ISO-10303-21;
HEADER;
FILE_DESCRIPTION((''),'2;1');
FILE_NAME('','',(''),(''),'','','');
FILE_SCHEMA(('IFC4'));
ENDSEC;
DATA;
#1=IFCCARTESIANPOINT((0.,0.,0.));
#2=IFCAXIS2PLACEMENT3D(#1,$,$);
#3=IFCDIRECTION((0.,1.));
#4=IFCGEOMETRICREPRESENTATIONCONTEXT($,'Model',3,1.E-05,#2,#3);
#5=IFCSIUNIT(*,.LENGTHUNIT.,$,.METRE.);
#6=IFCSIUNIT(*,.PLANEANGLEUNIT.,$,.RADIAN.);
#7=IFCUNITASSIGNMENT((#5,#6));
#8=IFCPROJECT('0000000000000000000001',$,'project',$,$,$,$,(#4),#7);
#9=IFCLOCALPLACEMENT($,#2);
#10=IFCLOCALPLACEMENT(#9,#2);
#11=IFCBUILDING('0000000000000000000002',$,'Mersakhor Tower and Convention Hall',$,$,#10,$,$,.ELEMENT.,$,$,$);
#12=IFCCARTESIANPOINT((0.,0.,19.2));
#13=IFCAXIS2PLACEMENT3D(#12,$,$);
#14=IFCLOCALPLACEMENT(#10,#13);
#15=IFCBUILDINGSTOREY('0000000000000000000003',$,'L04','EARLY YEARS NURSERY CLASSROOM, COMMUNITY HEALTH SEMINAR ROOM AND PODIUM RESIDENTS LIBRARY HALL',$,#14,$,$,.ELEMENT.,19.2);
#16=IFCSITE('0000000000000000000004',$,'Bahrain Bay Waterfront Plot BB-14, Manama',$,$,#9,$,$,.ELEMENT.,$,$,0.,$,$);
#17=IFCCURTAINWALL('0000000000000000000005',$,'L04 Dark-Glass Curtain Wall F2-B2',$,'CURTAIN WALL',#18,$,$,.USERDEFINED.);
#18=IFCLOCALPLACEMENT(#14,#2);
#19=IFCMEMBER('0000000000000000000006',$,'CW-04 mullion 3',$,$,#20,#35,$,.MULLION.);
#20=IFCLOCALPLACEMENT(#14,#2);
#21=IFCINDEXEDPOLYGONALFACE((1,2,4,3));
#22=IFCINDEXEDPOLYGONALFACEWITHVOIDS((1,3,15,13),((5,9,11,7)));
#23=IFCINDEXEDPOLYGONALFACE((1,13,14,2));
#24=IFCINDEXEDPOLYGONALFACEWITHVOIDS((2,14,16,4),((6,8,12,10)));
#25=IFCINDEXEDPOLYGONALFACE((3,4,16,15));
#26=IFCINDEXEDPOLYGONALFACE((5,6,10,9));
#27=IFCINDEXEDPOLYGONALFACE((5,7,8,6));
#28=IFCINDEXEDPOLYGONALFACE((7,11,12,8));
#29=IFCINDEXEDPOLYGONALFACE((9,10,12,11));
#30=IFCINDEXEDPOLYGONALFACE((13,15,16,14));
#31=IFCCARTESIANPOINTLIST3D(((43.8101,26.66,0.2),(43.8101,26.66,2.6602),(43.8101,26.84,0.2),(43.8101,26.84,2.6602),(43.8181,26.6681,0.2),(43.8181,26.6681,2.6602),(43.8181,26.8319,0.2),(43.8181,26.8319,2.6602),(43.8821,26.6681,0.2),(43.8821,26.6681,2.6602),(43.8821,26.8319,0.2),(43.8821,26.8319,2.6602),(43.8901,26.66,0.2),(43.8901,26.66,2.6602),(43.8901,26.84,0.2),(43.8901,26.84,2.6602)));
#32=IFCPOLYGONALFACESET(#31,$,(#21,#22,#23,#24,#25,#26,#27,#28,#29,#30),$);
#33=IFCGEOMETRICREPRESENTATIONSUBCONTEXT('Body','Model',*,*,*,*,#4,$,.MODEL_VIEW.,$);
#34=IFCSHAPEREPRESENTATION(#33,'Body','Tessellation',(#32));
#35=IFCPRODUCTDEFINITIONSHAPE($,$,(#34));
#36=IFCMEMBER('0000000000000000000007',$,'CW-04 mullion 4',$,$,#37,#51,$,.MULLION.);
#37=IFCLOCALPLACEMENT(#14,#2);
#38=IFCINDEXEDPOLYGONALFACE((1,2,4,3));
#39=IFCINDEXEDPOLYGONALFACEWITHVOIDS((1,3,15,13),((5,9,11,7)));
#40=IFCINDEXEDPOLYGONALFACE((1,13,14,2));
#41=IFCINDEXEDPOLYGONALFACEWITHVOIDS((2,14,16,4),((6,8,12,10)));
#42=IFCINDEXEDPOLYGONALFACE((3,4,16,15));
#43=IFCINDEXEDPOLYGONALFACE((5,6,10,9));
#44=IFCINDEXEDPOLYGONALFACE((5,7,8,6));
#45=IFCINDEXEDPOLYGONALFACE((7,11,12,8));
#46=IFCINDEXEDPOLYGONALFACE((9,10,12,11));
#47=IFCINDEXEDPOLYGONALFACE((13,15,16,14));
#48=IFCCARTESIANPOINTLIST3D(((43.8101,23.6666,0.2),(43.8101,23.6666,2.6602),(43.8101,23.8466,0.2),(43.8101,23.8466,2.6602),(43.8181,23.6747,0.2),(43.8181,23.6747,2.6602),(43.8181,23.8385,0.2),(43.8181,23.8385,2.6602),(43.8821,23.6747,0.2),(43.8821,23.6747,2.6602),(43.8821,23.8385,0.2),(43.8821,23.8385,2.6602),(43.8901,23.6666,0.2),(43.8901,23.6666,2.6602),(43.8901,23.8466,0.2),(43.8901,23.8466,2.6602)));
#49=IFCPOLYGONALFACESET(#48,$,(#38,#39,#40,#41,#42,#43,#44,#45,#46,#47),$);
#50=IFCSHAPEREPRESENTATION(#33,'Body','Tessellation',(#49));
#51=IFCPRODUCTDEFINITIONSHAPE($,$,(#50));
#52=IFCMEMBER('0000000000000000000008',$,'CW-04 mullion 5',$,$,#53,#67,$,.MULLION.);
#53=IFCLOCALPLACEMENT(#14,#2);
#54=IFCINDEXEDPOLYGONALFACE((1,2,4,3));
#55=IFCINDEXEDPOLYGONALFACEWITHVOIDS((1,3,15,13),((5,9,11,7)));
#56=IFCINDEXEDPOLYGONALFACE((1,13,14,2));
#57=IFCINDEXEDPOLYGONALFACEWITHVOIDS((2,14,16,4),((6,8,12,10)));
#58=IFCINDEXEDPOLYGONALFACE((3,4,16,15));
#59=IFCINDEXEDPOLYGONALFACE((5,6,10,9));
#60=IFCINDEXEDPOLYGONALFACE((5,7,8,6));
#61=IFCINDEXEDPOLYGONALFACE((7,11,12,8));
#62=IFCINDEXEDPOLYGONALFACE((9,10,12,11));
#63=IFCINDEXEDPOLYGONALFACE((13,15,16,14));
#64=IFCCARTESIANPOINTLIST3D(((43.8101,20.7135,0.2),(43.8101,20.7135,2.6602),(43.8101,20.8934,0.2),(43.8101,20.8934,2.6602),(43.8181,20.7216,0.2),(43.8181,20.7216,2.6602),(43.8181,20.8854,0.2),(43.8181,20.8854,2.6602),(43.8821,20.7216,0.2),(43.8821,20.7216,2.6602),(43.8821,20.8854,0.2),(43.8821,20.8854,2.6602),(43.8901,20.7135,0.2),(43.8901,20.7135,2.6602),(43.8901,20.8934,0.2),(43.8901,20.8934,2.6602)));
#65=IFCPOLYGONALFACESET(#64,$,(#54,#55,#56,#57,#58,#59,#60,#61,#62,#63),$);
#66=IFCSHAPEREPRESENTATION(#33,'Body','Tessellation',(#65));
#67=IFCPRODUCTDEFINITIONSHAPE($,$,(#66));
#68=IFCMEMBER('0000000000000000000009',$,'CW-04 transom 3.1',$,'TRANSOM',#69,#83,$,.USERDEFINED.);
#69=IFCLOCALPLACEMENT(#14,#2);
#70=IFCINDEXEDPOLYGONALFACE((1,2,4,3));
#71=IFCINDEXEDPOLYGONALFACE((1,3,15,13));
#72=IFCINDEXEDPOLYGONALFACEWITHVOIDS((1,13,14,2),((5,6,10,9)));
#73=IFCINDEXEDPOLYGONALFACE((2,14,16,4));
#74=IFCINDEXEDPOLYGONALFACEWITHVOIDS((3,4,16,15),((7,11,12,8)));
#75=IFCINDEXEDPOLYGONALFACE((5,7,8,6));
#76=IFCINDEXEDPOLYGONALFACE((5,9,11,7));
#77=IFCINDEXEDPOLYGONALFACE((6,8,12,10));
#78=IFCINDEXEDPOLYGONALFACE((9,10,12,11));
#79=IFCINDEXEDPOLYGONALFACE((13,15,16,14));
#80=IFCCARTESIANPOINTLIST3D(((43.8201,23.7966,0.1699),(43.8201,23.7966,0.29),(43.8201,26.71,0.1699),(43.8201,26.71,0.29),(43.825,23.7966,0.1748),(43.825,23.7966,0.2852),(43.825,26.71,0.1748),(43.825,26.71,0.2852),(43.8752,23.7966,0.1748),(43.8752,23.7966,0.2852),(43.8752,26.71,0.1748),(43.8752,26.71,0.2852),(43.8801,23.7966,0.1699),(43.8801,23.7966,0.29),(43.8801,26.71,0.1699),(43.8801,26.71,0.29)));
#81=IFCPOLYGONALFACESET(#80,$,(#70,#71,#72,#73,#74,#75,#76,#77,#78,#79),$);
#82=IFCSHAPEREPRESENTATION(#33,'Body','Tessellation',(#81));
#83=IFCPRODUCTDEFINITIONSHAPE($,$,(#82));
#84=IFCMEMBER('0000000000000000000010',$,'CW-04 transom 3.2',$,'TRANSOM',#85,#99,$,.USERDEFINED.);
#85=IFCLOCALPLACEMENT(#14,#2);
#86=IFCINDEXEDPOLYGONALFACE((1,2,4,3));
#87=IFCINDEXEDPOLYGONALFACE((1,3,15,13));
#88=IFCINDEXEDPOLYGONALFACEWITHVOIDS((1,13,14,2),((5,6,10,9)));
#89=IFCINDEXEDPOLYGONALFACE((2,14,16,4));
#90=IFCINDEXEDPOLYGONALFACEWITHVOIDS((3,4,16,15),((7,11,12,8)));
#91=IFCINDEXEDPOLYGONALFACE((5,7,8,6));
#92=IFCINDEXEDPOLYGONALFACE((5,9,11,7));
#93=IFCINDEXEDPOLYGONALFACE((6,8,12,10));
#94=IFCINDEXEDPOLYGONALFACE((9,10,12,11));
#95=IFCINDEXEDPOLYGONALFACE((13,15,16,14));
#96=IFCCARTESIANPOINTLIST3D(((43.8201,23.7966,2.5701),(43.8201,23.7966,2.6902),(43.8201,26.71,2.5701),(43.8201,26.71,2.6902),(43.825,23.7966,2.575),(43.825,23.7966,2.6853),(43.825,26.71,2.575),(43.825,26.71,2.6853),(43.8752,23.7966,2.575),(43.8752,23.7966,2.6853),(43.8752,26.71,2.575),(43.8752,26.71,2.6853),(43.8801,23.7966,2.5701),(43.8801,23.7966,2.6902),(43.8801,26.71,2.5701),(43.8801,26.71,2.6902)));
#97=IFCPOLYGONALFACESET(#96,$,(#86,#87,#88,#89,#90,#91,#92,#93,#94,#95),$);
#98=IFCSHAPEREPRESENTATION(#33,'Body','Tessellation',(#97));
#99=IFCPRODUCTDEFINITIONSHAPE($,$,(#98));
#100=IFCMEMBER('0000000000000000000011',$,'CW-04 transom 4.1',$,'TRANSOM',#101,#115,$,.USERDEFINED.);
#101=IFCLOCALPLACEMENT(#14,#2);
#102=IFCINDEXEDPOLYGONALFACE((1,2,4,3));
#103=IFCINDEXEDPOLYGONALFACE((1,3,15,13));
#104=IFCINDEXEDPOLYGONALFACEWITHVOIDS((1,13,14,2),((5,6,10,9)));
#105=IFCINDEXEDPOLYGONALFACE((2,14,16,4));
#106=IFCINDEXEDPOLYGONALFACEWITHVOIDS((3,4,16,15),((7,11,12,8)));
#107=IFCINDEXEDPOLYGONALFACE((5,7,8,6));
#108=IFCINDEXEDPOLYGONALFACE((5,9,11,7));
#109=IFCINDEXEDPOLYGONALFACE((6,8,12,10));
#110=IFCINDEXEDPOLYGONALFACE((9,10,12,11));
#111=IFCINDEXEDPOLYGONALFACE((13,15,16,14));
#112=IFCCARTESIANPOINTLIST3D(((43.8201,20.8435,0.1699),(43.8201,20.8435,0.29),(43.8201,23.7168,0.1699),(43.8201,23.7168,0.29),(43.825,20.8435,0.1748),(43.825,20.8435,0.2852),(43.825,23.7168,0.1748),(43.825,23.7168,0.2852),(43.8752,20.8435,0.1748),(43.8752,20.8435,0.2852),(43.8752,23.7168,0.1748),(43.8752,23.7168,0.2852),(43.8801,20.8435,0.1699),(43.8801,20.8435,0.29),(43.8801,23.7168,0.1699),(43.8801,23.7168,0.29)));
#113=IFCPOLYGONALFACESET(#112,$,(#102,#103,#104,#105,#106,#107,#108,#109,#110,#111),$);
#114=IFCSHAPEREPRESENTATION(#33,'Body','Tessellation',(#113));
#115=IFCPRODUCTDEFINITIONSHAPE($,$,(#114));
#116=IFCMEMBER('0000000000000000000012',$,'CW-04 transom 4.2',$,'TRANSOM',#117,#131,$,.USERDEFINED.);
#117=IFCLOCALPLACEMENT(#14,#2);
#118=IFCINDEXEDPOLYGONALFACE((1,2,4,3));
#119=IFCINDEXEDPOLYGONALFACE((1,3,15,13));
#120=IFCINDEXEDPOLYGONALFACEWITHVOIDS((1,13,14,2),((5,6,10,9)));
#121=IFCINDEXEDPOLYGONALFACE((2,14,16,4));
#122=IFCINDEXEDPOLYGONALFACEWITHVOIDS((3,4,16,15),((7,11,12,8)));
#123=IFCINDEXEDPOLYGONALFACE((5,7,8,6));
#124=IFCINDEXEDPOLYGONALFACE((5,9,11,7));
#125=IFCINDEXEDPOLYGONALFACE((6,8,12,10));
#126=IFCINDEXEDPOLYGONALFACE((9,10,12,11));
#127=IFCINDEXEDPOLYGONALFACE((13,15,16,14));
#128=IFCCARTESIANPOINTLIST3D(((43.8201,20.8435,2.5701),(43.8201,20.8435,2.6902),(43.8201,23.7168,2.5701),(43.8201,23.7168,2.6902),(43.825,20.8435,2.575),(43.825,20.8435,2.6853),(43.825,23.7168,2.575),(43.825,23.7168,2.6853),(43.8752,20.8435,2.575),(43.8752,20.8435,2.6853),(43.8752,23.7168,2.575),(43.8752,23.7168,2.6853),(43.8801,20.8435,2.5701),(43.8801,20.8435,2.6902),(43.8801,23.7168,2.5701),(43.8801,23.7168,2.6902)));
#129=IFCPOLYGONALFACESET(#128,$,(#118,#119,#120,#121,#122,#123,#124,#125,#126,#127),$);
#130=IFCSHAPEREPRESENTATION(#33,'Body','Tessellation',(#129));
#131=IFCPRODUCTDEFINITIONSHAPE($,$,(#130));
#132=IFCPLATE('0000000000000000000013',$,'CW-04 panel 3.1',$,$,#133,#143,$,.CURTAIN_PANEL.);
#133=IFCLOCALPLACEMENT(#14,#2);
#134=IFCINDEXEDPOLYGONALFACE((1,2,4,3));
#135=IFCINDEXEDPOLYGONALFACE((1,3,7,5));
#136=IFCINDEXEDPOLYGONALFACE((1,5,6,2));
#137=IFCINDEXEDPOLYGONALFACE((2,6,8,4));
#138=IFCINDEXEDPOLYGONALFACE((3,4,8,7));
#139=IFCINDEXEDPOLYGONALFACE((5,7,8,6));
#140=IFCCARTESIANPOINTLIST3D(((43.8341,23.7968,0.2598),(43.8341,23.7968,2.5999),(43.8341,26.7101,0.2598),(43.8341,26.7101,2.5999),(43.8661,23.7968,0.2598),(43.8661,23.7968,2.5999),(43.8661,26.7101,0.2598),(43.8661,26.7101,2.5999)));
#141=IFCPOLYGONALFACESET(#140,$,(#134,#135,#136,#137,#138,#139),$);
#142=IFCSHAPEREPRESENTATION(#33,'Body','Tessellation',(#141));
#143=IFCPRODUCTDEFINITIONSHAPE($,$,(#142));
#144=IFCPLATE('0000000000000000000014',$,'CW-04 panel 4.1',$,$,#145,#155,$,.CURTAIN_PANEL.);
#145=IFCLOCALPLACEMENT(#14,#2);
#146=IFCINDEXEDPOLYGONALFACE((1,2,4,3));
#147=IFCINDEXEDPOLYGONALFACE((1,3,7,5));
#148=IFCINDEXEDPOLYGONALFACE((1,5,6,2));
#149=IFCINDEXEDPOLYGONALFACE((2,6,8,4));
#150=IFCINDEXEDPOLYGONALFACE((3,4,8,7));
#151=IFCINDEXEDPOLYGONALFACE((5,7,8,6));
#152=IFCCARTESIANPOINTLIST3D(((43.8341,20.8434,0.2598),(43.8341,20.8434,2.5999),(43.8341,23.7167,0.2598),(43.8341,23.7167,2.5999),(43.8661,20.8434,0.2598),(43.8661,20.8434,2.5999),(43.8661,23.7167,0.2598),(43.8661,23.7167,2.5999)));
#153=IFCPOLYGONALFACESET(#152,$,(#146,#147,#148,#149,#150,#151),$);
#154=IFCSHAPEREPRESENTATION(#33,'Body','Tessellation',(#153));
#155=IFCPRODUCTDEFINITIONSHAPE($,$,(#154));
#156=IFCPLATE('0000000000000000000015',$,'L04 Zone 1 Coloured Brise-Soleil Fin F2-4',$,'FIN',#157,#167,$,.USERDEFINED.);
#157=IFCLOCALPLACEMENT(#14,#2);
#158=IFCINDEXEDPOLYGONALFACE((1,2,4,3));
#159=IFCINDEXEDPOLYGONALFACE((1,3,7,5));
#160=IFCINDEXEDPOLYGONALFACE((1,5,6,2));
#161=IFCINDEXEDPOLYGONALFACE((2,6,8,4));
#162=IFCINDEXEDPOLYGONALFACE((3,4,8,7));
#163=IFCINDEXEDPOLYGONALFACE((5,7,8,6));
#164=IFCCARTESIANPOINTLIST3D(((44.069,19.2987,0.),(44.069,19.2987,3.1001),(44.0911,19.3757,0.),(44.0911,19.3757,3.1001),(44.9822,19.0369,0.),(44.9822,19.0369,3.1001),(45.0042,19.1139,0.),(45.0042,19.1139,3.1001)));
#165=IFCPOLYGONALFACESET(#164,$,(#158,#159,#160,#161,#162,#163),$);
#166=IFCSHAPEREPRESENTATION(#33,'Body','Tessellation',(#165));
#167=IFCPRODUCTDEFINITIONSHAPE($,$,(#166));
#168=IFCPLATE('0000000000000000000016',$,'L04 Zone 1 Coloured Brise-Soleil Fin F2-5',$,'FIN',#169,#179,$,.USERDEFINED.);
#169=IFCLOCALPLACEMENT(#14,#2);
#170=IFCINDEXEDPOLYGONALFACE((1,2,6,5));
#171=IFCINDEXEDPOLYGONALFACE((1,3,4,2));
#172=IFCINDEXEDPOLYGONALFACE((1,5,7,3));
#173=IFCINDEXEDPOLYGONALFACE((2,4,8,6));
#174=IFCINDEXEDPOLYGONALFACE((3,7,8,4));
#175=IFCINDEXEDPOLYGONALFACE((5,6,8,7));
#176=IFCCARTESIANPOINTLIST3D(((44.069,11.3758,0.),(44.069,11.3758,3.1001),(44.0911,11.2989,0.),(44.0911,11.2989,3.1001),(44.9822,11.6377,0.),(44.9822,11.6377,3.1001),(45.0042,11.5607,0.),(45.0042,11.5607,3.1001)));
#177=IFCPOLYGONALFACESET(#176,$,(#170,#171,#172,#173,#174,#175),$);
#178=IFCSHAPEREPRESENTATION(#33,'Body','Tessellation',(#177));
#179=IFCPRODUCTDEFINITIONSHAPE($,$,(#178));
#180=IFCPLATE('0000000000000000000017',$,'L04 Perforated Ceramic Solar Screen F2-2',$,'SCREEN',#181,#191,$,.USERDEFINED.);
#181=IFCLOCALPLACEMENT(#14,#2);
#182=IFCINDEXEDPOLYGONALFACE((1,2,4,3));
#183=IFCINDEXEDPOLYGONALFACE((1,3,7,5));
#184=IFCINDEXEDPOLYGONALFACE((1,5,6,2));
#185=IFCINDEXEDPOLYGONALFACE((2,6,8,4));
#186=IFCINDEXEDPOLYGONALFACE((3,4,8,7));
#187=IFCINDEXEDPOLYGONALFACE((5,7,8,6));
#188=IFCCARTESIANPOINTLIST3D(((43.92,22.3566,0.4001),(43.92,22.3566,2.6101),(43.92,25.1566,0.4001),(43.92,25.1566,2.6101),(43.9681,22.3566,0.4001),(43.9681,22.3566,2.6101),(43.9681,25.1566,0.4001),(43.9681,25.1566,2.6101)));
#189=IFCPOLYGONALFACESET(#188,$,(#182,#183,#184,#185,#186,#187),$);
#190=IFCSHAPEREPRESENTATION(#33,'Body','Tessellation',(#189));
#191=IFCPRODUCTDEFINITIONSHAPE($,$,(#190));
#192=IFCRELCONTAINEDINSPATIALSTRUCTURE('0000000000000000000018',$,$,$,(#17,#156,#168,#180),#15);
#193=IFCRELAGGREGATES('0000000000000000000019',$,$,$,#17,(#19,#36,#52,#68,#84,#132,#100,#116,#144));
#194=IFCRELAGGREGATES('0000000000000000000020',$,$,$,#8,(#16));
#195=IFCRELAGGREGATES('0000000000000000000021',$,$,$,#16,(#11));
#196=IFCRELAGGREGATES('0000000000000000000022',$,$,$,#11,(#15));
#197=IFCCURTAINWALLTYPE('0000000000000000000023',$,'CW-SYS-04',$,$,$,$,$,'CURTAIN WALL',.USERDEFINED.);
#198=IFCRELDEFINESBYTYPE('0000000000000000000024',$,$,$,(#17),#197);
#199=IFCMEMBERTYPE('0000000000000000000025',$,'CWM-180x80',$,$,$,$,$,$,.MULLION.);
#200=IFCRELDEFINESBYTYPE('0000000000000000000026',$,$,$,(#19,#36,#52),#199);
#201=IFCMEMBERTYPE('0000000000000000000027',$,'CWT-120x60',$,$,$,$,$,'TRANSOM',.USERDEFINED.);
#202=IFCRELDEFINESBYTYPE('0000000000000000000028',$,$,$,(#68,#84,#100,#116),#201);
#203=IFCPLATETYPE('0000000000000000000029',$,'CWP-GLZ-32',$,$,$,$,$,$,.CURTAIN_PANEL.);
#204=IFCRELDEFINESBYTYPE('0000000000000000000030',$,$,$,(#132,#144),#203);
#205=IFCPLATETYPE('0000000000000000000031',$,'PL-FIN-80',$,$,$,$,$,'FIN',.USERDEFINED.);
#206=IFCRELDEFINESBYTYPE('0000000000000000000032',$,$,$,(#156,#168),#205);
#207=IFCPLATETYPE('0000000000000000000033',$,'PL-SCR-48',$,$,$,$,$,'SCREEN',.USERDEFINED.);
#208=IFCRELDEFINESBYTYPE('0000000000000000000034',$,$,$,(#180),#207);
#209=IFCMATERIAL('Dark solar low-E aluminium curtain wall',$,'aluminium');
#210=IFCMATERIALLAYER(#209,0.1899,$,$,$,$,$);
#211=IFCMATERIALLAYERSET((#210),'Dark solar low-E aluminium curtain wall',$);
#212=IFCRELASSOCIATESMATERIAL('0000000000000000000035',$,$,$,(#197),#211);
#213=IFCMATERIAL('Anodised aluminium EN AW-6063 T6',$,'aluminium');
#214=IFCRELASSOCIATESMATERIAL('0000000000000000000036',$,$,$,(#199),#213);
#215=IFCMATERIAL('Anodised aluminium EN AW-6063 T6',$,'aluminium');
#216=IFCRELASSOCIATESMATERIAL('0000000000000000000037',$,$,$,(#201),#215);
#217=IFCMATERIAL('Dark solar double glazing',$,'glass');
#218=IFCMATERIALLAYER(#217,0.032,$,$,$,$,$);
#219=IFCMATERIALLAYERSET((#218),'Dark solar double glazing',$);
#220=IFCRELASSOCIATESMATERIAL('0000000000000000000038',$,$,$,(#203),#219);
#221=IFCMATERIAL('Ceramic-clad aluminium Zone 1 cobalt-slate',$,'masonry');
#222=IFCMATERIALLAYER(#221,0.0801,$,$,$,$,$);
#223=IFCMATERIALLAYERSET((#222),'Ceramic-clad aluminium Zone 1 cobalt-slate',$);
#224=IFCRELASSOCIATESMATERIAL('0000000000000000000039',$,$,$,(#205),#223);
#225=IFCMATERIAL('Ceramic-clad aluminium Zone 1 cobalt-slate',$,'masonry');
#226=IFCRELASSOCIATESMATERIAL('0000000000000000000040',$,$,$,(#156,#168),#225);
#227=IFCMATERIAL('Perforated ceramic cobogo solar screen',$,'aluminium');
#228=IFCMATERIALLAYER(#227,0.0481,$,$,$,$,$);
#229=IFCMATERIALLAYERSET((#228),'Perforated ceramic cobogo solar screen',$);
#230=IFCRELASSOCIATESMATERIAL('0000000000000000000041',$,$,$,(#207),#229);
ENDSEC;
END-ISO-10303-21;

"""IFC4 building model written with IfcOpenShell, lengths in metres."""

from ifc_helpers import new_model, si_unit, direction, frame, origin, origin_2d, place, context, subcontext, project, spatial, rectangle, hollow_rectangle, extrude, material, layer, layer_set, material_profile, profile_set, type_object, element, aggregate, save


model = new_model("IFC4")

# Units and contexts
model_context = context("Model", 3, precision=1e-05, world=origin(), true_north=direction((0.0, 1.0)))
body_context = subcontext(model_context, "Body", "Model", "MODEL_VIEW")
ifc_project = project(units=[si_unit("LENGTHUNIT", "METRE"), si_unit("PLANEANGLEUNIT", "RADIAN")], contexts=[model_context])

# Site, building, storey
site_placement = place(None, origin())
site = spatial("IfcSite", under=ifc_project, at=site_placement, Name="Bahrain Bay Waterfront Plot BB-14, Manama", CompositionType="ELEMENT", RefElevation=0.0)
building_placement = place(site_placement, origin())
building = spatial("IfcBuilding", under=site, at=building_placement, Name="Mersakhor Tower and Convention Hall", CompositionType="ELEMENT")
storey_placement = place(building_placement, frame((0.0, 0.0, 19.2)))
storey = spatial("IfcBuildingStorey", under=building, at=storey_placement, Name="L04", Description="EARLY YEARS NURSERY CLASSROOM, COMMUNITY HEALTH SEMINAR ROOM AND PODIUM RESIDENTS LIBRARY HALL", CompositionType="ELEMENT", Elevation=19.2)

# Curtain wall, members, plates
ifc_material_1 = material(Name="Dark solar low-E aluminium curtain wall", Category="aluminium")
ifc_layer_1 = layer(ifc_material_1, 0.1899)
ifc_layer_set_1 = layer_set([ifc_layer_1], Name="Dark solar low-E aluminium curtain wall")
curtain_wall_type = type_object("IfcCurtainWallType", Name="CW-SYS-04", ElementType="CURTAIN WALL", PredefinedType="USERDEFINED", material=ifc_layer_set_1)
curtain_wall_placement = place(storey_placement, origin())
curtain_wall = element("IfcCurtainWall", 1, at=curtain_wall_placement, inside=storey, type_object=curtain_wall_type, Name="L04 Dark-Glass Curtain Wall F2-B2", ObjectType="CURTAIN WALL", PredefinedType="USERDEFINED")
ifc_material_2 = material(Name="Anodised aluminium EN AW-6063 T6", Category="aluminium")
ifc_material_profile_1 = material_profile(ifc_material_2, hollow_rectangle(XDim=0.0801, YDim=0.1799, WallThickness=0.0081, at=origin_2d()), Name="RHS 180x80x8")
ifc_profile_set_1 = profile_set([ifc_material_profile_1], Name="Anodised aluminium EN AW-6063 T6")
member_type_1 = type_object("IfcMemberType", Name="CWM-180x80", PredefinedType="MULLION", material=ifc_profile_set_1)
member_1_placement = place(storey_placement, frame((43.8501, 26.75, 0.2), z_axis=(0.0, 0.0, 1.0), x_axis=(1.0, 0.0, 0.0)))
member_1 = element("IfcMember", 2, at=member_1_placement, type_object=member_type_1, Name="CW-04 mullion 3", PredefinedType="MULLION", context=body_context, shape_type="SweptSolid", body=[
    extrude(hollow_rectangle(XDim=0.0801, YDim=0.1799, WallThickness=0.0081, at=origin_2d()), origin(), (0.0, 0.0, 1.0), 2.4602),
])
member_2_placement = place(storey_placement, frame((43.8501, 23.7566, 0.2), z_axis=(0.0, 0.0, 1.0), x_axis=(1.0, 0.0, 0.0)))
member_2 = element("IfcMember", 3, at=member_2_placement, type_object=member_type_1, Name="CW-04 mullion 4", PredefinedType="MULLION", context=body_context, shape_type="SweptSolid", body=[
    extrude(hollow_rectangle(XDim=0.0801, YDim=0.1799, WallThickness=0.0081, at=origin_2d()), origin(), (0.0, 0.0, 1.0), 2.4602),
])
member_3_placement = place(storey_placement, frame((43.8501, 20.8035, 0.2), z_axis=(0.0, 0.0, 1.0), x_axis=(1.0, 0.0, 0.0)))
member_3 = element("IfcMember", 4, at=member_3_placement, type_object=member_type_1, Name="CW-04 mullion 5", PredefinedType="MULLION", context=body_context, shape_type="SweptSolid", body=[
    extrude(hollow_rectangle(XDim=0.0801, YDim=0.1799, WallThickness=0.0081, at=origin_2d()), origin(), (0.0, 0.0, 1.0), 2.4602),
])
ifc_material_3 = material(Name="Anodised aluminium EN AW-6063 T6", Category="aluminium")
ifc_material_profile_2 = material_profile(ifc_material_3, hollow_rectangle(XDim=0.0601, YDim=0.1201, WallThickness=0.0049, at=origin_2d()), Name="RHS 120x60x5")
ifc_profile_set_2 = profile_set([ifc_material_profile_2], Name="Anodised aluminium EN AW-6063 T6")
member_type_2 = type_object("IfcMemberType", Name="CWT-120x60", ElementType="TRANSOM", PredefinedType="USERDEFINED", material=ifc_profile_set_2)
member_4_placement = place(storey_placement, frame((43.8501, 26.71, 0.23), z_axis=(0.0, -1.0, 0.0), x_axis=(1.0, 0.0, 0.0)))
member_4 = element("IfcMember", 5, at=member_4_placement, type_object=member_type_2, Name="CW-04 transom 3.1", ObjectType="TRANSOM", PredefinedType="USERDEFINED", context=body_context, shape_type="SweptSolid", body=[
    extrude(hollow_rectangle(XDim=0.0601, YDim=0.1201, WallThickness=0.0049, at=origin_2d()), origin(), (0.0, 0.0, 1.0), 2.9133),
])
member_5_placement = place(storey_placement, frame((43.8501, 26.71, 2.6301), z_axis=(0.0, -1.0, 0.0), x_axis=(1.0, 0.0, 0.0)))
member_5 = element("IfcMember", 6, at=member_5_placement, type_object=member_type_2, Name="CW-04 transom 3.2", ObjectType="TRANSOM", PredefinedType="USERDEFINED", context=body_context, shape_type="SweptSolid", body=[
    extrude(hollow_rectangle(XDim=0.0601, YDim=0.1201, WallThickness=0.0049, at=origin_2d()), origin(), (0.0, 0.0, 1.0), 2.9133),
])
member_6_placement = place(storey_placement, frame((43.8501, 23.7168, 0.23), z_axis=(0.0, -1.0, 0.0), x_axis=(1.0, 0.0, 0.0)))
member_6 = element("IfcMember", 7, at=member_6_placement, type_object=member_type_2, Name="CW-04 transom 4.1", ObjectType="TRANSOM", PredefinedType="USERDEFINED", context=body_context, shape_type="SweptSolid", body=[
    extrude(hollow_rectangle(XDim=0.0601, YDim=0.1201, WallThickness=0.0049, at=origin_2d()), origin(), (0.0, 0.0, 1.0), 2.8733),
])
member_7_placement = place(storey_placement, frame((43.8501, 23.7168, 2.6301), z_axis=(0.0, -1.0, 0.0), x_axis=(1.0, 0.0, 0.0)))
member_7 = element("IfcMember", 8, at=member_7_placement, type_object=member_type_2, Name="CW-04 transom 4.2", ObjectType="TRANSOM", PredefinedType="USERDEFINED", context=body_context, shape_type="SweptSolid", body=[
    extrude(hollow_rectangle(XDim=0.0601, YDim=0.1201, WallThickness=0.0049, at=origin_2d()), origin(), (0.0, 0.0, 1.0), 2.8733),
])
ifc_material_4 = material(Name="Dark solar double glazing", Category="glass")
ifc_layer_2 = layer(ifc_material_4, 0.032)
ifc_layer_set_2 = layer_set([ifc_layer_2], Name="Dark solar double glazing")
plate_type_1 = type_object("IfcPlateType", Name="CWP-GLZ-32", PredefinedType="CURTAIN_PANEL", material=ifc_layer_set_2)
plate_1_placement = place(storey_placement, frame((43.8501, 25.2534, 0.2598), z_axis=(0.0, 0.0, 1.0), x_axis=(0.0, -1.0, 0.0)))
plate_1 = element("IfcPlate", 9, at=plate_1_placement, type_object=plate_type_1, Name="CW-04 panel 3.1", PredefinedType="CURTAIN_PANEL", context=body_context, shape_type="SweptSolid", body=[
    extrude(rectangle(XDim=2.9133, YDim=0.032, at=origin_2d()), origin(), (0.0, 0.0, 1.0), 2.3401),
])
plate_2_placement = place(storey_placement, frame((43.8501, 22.28, 0.2598), z_axis=(0.0, 0.0, 1.0), x_axis=(0.0, -1.0, 0.0)))
plate_2 = element("IfcPlate", 10, at=plate_2_placement, type_object=plate_type_1, Name="CW-04 panel 4.1", PredefinedType="CURTAIN_PANEL", context=body_context, shape_type="SweptSolid", body=[
    extrude(rectangle(XDim=2.8733, YDim=0.032, at=origin_2d()), origin(), (0.0, 0.0, 1.0), 2.3401),
])
aggregate(curtain_wall, [member_1, member_2, member_3, member_4, member_5, plate_1, member_6, member_7, plate_2])

# Plates
ifc_material_5 = material(Name="Ceramic-clad aluminium Zone 1 cobalt-slate", Category="masonry")
ifc_material_6 = material(Name="Ceramic-clad aluminium Zone 1 cobalt-slate", Category="masonry")
ifc_layer_3 = layer(ifc_material_6, 0.0801)
ifc_layer_set_3 = layer_set([ifc_layer_3], Name="Ceramic-clad aluminium Zone 1 cobalt-slate")
plate_type_2 = type_object("IfcPlateType", Name="PL-FIN-80", ElementType="FIN", PredefinedType="USERDEFINED", material=ifc_layer_set_3)
for number, where, z_axis, x_axis, name in (
    (11, (44.5366, 19.2063, 0.0), (0.0, 0.0, 1.0), (0.961262, -0.275637, 0.0), "L04 Zone 1 Coloured Brise-Soleil Fin F2-4"),
    (12, (44.5366, 11.4683, 0.0), (0.0, 0.0, 1.0), (0.961262, 0.275637, 0.0), "L04 Zone 1 Coloured Brise-Soleil Fin F2-5"),
):
    element("IfcPlate", number, at=place(storey_placement, frame(where, z_axis=z_axis, x_axis=x_axis)), inside=storey, type_object=plate_type_2, material=ifc_material_5, Name=name, ObjectType="FIN", PredefinedType="USERDEFINED", context=body_context, shape_type="SweptSolid", body=[
        extrude(rectangle(XDim=0.95, YDim=0.0801, at=origin_2d()), origin(), (0.0, 0.0, 1.0), 3.1001),
    ])
ifc_material_7 = material(Name="Perforated ceramic cobogo solar screen", Category="aluminium")
ifc_layer_4 = layer(ifc_material_7, 0.0481)
ifc_layer_set_4 = layer_set([ifc_layer_4], Name="Perforated ceramic cobogo solar screen")
plate_type_3 = type_object("IfcPlateType", Name="PL-SCR-48", ElementType="SCREEN", PredefinedType="USERDEFINED", material=ifc_layer_set_4)
plate_3_placement = place(storey_placement, frame((43.9441, 23.7566, 0.4001), z_axis=(0.0, 0.0, 1.0), x_axis=(0.0, -1.0, 0.0)))
element("IfcPlate", 13, at=plate_3_placement, inside=storey, type_object=plate_type_3, Name="L04 Perforated Ceramic Solar Screen F2-2", ObjectType="SCREEN", PredefinedType="USERDEFINED", context=body_context, shape_type="SweptSolid", body=[
    extrude(rectangle(XDim=2.8, YDim=0.0481, at=origin_2d()), origin(), (0.0, 0.0, 1.0), 2.21),
])

save(model, "model.ifc")
